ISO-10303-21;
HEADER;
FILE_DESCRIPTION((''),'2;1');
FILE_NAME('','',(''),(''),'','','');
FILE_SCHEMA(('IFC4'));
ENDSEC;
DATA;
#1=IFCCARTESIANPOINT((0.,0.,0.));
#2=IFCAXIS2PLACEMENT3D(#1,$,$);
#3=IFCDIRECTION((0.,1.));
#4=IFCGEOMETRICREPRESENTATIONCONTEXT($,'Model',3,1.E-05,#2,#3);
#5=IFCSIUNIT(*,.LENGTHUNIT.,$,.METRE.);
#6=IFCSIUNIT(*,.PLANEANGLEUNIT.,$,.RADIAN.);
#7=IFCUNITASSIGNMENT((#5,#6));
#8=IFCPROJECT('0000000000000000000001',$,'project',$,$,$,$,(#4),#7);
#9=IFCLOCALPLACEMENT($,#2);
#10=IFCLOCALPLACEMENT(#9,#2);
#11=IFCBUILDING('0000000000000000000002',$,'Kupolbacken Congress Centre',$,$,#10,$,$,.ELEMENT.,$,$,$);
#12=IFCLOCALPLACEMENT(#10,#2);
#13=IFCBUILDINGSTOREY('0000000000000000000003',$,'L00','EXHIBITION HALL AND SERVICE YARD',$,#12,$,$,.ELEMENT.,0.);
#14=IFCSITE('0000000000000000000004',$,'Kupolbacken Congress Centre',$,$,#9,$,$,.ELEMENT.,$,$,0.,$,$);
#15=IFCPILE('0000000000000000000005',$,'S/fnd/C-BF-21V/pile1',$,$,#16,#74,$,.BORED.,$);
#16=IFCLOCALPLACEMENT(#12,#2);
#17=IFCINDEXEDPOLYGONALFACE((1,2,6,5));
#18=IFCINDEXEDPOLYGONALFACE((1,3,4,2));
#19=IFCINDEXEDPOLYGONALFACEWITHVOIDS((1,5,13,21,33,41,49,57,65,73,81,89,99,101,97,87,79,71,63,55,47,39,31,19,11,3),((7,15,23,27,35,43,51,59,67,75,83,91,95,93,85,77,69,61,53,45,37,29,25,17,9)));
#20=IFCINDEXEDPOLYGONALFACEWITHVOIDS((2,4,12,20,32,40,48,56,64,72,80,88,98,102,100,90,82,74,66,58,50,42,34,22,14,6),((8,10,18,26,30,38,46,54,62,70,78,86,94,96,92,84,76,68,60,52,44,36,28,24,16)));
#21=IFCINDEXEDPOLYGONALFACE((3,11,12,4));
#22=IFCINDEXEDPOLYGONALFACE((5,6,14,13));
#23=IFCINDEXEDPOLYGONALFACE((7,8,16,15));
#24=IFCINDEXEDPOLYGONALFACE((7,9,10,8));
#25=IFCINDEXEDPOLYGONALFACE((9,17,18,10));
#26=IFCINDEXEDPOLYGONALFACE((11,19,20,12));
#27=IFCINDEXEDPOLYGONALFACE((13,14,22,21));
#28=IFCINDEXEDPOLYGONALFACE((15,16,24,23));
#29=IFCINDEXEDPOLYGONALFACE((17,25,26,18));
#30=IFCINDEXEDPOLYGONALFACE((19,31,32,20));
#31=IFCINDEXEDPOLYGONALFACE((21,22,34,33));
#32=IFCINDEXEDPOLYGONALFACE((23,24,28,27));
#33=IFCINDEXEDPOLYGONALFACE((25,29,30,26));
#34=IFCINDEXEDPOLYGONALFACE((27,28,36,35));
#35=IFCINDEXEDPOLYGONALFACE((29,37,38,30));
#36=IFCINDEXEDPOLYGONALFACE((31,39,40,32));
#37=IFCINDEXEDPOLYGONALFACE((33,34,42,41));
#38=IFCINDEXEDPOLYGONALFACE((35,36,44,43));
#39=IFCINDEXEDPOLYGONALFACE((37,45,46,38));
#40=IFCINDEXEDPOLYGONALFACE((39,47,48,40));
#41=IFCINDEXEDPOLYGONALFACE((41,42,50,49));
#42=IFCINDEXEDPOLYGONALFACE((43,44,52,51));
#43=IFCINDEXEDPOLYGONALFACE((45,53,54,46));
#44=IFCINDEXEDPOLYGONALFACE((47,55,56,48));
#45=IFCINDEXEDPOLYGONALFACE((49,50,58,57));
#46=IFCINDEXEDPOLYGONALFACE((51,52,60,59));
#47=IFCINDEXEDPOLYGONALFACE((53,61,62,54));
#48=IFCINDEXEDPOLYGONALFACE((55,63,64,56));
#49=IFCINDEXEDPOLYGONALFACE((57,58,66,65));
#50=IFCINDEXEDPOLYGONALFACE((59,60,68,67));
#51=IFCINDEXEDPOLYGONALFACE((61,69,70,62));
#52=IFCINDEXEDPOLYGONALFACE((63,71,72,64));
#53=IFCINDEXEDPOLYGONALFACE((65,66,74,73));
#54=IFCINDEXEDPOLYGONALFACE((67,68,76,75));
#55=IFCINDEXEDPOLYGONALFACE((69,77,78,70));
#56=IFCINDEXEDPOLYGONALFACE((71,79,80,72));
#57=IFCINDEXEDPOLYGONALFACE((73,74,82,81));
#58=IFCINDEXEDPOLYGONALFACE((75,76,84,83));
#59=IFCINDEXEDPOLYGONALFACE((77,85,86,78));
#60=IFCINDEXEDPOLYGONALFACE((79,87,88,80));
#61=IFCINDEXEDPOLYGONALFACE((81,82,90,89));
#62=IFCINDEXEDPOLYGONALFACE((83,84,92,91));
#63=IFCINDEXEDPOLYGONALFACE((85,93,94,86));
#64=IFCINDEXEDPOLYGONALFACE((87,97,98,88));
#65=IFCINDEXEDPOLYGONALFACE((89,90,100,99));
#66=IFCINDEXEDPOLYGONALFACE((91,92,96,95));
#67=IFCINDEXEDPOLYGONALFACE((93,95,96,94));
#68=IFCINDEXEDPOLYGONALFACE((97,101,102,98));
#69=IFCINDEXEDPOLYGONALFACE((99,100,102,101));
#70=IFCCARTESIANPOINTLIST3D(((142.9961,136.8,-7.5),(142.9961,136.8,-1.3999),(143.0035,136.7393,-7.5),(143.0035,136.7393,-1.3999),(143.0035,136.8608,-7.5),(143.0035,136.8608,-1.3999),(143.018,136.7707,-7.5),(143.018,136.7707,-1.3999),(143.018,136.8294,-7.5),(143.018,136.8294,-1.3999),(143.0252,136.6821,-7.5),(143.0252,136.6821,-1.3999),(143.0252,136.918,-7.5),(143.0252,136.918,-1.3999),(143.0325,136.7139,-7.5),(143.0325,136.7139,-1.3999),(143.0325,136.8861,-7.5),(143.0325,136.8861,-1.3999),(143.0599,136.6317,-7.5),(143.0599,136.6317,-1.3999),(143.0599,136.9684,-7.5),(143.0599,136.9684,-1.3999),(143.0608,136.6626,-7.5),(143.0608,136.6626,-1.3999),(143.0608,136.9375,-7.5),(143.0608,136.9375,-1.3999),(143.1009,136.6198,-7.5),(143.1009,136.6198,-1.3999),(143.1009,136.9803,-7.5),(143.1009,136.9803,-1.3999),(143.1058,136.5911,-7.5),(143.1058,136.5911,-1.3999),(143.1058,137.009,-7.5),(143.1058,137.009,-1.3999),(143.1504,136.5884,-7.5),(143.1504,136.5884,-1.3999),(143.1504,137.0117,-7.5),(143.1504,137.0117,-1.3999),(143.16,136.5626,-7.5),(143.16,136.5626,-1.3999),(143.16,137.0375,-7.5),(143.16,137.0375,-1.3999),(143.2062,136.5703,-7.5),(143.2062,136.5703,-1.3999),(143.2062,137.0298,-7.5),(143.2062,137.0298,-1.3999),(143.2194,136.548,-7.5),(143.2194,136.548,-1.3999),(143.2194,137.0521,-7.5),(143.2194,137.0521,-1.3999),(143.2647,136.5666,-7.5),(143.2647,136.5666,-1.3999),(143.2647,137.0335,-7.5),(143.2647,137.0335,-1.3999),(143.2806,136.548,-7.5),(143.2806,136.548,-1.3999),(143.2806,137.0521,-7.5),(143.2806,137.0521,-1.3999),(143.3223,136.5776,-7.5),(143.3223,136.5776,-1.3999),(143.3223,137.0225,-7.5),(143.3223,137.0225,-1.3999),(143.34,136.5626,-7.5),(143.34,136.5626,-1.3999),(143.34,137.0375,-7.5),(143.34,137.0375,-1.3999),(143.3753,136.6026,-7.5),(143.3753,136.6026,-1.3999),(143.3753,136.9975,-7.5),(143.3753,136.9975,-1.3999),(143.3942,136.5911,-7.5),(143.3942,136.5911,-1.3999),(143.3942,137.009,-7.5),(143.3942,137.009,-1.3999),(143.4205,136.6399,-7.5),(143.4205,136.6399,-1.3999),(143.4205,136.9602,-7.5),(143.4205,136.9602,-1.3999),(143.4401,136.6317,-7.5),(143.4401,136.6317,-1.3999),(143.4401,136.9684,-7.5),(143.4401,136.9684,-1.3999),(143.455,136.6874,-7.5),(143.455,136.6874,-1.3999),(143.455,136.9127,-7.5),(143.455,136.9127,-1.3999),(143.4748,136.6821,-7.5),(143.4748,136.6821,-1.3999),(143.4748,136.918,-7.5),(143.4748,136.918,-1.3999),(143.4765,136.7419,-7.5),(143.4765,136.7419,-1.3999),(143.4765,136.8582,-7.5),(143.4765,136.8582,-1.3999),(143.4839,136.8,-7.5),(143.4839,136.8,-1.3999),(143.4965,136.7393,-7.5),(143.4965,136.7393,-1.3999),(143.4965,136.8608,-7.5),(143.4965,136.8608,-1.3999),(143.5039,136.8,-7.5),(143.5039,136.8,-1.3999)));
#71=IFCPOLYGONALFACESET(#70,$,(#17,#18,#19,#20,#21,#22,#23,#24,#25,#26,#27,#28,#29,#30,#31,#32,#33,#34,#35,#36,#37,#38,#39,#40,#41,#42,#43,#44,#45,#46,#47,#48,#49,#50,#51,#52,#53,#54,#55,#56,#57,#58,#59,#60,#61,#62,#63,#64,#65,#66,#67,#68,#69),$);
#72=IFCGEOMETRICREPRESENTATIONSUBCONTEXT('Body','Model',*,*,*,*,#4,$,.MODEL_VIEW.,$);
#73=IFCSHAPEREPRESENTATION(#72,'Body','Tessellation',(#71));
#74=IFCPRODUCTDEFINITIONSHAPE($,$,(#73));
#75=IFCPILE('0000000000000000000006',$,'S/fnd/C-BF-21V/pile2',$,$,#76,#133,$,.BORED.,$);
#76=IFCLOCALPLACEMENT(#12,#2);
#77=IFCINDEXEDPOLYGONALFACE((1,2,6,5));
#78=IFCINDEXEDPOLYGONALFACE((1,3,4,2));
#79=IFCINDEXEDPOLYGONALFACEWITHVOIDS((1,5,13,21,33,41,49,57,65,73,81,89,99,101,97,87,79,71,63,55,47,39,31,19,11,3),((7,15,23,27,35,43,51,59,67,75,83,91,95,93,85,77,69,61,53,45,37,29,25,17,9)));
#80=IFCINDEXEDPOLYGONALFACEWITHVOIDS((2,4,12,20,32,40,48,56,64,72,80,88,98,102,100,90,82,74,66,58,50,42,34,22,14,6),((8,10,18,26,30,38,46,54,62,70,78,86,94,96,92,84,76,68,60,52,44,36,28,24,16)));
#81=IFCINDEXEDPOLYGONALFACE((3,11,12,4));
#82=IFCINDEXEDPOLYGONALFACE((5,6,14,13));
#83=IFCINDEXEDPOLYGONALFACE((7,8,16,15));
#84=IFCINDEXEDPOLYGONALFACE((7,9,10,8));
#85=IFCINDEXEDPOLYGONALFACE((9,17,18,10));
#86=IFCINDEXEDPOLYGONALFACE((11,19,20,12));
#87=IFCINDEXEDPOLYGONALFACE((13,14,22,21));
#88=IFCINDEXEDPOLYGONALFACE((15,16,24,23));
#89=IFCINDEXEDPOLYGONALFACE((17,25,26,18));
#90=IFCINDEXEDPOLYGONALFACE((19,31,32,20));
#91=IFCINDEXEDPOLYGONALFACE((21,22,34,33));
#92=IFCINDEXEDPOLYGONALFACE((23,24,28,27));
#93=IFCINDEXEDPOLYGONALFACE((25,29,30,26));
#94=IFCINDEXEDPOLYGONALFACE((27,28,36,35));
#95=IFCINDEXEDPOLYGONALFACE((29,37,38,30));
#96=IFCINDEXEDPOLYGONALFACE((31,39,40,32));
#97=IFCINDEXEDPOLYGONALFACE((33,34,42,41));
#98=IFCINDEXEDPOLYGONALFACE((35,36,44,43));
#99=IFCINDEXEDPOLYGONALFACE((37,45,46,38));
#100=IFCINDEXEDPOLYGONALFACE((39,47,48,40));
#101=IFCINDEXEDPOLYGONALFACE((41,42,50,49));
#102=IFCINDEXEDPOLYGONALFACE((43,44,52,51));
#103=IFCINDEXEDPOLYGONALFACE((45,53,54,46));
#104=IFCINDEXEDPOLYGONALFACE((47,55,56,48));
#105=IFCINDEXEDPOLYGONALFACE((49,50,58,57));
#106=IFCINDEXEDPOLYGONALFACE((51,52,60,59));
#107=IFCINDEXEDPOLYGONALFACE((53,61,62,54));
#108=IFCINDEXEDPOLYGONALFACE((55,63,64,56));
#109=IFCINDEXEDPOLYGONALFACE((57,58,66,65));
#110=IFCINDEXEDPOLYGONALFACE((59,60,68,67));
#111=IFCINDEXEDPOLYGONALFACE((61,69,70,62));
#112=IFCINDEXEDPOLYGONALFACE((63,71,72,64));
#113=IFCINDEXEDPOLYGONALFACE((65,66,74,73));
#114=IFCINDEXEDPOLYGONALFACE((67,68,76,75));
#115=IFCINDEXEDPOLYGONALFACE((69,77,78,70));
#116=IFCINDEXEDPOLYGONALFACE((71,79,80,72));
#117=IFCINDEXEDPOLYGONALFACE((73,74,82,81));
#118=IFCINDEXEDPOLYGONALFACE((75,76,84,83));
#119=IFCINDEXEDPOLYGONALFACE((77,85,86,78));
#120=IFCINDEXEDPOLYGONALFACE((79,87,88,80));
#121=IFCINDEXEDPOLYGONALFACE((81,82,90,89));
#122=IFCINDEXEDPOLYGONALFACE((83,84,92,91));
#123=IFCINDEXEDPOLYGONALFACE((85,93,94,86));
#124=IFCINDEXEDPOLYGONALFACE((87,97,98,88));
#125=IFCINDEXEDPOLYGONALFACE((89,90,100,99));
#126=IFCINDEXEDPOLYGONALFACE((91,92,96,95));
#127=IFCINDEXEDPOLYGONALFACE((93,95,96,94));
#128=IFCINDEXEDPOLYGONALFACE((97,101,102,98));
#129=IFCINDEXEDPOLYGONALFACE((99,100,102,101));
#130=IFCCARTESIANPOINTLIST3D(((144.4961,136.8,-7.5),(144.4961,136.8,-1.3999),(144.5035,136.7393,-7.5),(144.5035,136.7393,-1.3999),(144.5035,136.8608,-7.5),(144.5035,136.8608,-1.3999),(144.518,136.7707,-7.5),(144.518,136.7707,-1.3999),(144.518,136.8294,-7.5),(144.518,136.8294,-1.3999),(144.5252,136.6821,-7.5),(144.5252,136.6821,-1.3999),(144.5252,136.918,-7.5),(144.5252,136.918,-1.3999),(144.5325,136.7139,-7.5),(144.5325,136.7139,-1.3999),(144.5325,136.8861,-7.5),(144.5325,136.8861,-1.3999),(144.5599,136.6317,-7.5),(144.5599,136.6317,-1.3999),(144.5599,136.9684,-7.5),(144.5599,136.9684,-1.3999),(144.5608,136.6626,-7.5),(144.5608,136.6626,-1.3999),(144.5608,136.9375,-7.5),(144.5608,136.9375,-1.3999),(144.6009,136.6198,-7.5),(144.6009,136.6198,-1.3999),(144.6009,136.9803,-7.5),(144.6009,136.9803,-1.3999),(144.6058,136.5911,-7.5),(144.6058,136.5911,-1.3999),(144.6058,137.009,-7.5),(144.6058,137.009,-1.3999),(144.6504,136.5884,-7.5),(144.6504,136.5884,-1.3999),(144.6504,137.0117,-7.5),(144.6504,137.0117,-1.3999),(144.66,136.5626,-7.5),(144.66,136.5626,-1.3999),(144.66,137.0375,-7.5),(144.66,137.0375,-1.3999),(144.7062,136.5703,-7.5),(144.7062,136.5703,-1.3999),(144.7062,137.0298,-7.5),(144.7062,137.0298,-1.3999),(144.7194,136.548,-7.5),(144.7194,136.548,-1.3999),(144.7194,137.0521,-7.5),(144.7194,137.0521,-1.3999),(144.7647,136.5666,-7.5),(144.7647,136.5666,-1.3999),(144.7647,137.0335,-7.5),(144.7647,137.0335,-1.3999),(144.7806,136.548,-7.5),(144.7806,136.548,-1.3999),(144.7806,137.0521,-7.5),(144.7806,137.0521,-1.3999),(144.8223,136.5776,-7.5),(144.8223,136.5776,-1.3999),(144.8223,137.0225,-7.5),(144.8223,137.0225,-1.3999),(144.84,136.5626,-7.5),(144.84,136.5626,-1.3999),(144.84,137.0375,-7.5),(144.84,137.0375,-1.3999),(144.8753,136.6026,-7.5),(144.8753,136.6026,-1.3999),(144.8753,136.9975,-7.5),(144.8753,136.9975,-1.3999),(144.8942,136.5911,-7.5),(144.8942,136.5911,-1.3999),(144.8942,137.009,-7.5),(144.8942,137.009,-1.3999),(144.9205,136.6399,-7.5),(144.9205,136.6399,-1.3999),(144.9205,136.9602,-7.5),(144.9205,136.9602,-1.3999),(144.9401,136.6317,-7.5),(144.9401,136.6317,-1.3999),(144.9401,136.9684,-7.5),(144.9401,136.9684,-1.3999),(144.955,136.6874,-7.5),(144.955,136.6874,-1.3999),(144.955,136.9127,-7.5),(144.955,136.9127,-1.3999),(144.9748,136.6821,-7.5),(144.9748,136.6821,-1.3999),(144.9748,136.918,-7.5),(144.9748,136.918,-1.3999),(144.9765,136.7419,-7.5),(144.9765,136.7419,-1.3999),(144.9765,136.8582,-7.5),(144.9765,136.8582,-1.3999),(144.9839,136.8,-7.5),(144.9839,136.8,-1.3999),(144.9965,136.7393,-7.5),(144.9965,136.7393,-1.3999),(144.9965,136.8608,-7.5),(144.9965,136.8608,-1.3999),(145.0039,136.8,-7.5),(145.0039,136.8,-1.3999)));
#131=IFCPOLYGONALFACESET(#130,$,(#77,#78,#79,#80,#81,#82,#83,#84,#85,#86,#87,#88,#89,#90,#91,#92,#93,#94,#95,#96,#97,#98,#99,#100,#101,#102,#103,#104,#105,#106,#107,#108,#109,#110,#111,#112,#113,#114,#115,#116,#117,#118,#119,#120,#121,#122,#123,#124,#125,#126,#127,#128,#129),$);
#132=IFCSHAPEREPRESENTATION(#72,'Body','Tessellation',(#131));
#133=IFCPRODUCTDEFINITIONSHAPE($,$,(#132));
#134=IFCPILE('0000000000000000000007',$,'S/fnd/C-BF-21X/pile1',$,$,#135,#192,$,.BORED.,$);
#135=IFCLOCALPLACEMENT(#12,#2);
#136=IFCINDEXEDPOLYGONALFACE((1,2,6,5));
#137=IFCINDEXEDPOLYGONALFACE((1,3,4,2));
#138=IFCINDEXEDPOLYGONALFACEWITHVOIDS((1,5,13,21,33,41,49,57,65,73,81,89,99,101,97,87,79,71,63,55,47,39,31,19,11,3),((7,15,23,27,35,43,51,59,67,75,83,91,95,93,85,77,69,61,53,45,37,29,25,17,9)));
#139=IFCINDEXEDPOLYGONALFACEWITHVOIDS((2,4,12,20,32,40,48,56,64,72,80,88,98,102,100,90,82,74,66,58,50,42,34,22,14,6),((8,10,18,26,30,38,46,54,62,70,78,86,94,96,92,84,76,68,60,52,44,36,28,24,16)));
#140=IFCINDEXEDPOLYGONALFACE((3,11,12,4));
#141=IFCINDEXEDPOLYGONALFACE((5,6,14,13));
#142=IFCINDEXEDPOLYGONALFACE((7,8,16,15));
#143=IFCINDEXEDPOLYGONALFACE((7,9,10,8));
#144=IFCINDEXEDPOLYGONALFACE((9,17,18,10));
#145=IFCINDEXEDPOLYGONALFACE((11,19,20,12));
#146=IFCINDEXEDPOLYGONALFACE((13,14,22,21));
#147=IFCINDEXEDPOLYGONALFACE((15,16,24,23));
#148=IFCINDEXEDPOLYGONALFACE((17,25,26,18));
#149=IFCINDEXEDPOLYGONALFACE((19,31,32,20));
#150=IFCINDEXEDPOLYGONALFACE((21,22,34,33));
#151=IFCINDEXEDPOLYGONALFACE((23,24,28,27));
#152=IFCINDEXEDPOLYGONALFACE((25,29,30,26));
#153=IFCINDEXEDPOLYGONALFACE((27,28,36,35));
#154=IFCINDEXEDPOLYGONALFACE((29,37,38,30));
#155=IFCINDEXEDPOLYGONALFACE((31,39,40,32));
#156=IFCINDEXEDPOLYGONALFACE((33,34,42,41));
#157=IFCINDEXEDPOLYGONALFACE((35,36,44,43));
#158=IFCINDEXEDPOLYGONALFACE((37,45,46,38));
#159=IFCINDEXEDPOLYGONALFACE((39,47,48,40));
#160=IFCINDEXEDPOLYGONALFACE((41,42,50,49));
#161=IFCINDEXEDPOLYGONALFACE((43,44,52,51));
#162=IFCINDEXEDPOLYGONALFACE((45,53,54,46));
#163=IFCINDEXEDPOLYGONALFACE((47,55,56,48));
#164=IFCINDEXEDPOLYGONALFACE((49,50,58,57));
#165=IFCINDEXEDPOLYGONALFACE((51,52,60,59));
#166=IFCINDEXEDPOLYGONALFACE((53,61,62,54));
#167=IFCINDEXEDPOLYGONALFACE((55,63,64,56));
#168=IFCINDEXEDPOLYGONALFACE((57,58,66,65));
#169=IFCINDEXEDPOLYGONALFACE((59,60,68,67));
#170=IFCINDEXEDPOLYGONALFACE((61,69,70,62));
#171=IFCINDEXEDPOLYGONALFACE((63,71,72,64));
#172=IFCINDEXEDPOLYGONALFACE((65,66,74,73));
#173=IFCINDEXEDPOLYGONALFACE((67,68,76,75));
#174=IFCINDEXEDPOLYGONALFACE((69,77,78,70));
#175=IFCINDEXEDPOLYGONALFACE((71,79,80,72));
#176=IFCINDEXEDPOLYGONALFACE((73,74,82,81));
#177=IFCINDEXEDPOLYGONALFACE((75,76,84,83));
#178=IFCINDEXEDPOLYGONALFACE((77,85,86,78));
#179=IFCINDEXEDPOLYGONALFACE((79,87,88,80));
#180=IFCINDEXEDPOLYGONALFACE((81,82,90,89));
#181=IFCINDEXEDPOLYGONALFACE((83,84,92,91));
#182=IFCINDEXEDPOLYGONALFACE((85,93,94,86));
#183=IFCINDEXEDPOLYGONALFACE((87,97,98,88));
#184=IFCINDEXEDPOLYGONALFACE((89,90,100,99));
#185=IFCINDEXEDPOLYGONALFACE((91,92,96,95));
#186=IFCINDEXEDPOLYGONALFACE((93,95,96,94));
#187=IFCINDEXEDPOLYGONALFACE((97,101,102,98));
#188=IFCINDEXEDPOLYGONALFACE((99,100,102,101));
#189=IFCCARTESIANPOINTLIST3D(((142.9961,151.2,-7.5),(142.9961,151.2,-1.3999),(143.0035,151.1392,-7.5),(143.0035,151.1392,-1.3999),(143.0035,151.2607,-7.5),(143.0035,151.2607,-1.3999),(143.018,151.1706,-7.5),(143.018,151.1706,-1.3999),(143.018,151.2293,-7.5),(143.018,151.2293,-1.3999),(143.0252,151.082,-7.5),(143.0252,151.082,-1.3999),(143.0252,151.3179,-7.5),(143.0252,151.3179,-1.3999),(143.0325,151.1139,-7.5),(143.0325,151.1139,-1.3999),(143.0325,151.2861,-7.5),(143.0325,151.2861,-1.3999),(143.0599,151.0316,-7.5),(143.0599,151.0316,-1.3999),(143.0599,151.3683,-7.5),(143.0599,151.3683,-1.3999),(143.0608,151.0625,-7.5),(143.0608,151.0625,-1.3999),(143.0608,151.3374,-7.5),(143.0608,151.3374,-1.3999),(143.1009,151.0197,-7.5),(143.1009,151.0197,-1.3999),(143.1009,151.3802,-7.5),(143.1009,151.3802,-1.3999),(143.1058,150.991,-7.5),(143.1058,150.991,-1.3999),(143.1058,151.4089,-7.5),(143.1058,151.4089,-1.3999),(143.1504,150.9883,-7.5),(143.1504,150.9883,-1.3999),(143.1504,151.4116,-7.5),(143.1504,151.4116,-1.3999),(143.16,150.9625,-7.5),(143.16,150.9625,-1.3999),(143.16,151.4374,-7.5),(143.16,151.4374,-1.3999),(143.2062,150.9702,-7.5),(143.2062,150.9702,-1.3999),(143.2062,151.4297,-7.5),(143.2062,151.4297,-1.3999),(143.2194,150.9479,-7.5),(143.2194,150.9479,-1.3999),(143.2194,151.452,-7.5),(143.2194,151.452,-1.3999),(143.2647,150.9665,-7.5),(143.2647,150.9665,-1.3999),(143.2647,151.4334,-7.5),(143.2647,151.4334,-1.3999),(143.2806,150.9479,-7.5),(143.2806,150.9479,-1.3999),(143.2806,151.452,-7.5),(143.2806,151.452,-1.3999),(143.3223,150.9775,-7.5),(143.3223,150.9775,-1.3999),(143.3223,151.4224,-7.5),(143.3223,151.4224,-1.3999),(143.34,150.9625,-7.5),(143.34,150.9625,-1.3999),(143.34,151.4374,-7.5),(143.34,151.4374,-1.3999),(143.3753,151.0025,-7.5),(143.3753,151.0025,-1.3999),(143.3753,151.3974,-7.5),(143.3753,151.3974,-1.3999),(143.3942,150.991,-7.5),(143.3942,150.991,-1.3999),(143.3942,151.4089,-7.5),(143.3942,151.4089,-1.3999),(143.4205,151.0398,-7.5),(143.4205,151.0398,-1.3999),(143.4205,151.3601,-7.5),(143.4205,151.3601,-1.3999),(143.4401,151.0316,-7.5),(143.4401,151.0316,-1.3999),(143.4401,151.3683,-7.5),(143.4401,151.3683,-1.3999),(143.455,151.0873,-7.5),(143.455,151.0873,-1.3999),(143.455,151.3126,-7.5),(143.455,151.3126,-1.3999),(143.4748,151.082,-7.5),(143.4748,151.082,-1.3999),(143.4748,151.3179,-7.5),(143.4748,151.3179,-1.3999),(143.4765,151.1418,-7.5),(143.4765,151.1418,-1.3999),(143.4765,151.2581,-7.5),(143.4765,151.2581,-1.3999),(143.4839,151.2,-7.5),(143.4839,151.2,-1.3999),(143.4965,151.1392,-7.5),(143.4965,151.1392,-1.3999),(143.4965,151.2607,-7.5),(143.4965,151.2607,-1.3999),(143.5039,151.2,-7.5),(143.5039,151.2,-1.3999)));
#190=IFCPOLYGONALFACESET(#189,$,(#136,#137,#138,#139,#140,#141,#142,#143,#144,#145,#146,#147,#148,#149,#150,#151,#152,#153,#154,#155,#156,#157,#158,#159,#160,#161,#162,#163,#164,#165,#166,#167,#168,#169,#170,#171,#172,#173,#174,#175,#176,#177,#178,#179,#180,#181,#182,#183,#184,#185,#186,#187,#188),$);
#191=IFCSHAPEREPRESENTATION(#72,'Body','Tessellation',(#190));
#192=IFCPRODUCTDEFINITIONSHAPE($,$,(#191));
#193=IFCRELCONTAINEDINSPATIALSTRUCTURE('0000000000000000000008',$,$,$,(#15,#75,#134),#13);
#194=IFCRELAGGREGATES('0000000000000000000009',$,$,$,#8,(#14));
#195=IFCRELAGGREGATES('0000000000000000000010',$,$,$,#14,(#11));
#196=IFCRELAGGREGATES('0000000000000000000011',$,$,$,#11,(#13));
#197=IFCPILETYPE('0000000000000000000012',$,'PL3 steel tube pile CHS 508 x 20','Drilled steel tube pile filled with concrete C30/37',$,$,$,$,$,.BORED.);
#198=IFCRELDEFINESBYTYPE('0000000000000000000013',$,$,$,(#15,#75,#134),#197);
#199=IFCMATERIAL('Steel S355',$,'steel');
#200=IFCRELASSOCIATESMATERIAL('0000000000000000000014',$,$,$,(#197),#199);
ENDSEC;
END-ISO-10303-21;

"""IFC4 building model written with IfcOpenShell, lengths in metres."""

from ifc_helpers import new_model, si_unit, direction, frame, origin, origin_2d, place, context, subcontext, project, spatial, hollow_circle, extrude, material, material_profile, profile_set, type_object, element, save


model = new_model("IFC4")

# Units and contexts
model_context = context("Model", 3, precision=1e-05, world=origin(), true_north=direction((0.0, 1.0)))
body_context = subcontext(model_context, "Body", "Model", "MODEL_VIEW")
ifc_project = project(units=[si_unit("LENGTHUNIT", "METRE"), si_unit("PLANEANGLEUNIT", "RADIAN")], contexts=[model_context])

# Site, building, storey
site_placement = place(None, origin())
site = spatial("IfcSite", under=ifc_project, at=site_placement, Name="Kupolbacken Congress Centre", CompositionType="ELEMENT", RefElevation=0.0)
building_placement = place(site_placement, origin())
building = spatial("IfcBuilding", under=site, at=building_placement, Name="Kupolbacken Congress Centre", CompositionType="ELEMENT")
storey_placement = place(building_placement, origin())
storey = spatial("IfcBuildingStorey", under=building, at=storey_placement, Name="L00", Description="EXHIBITION HALL AND SERVICE YARD", CompositionType="ELEMENT", Elevation=0.0)

# Piles
ifc_material_1 = material(Name="Steel S355", Category="steel")
ifc_material_profile_1 = material_profile(ifc_material_1, hollow_circle(Radius=0.2539, WallThickness=0.02, at=origin_2d()), Name="CHS 508 x 20")
ifc_profile_set_1 = profile_set([ifc_material_profile_1], Name="Steel S355")
pile_type_1 = type_object("IfcPileType", Name="PL3 steel tube pile CHS 508 x 20", Description="Drilled steel tube pile filled with concrete C30/37", PredefinedType="BORED", material=ifc_profile_set_1)
for number, where, z_axis, x_axis, name in (
    (1, (143.25, 136.8, -1.3999), (0.0, 0.0, -1.0), (1.0, 0.0, 0.0), "S/fnd/C-BF-21V/pile1"),
    (2, (144.75, 136.8, -1.3999), (0.0, 0.0, -1.0), (1.0, 0.0, 0.0), "S/fnd/C-BF-21V/pile2"),
    (3, (143.25, 151.2, -1.3999), (0.0, 0.0, -1.0), (1.0, 0.0, 0.0), "S/fnd/C-BF-21X/pile1"),
):
    element("IfcPile", number, at=place(storey_placement, frame(where, z_axis=z_axis, x_axis=x_axis)), inside=storey, type_object=pile_type_1, Name=name, PredefinedType="BORED", context=body_context, shape_type="SweptSolid", body=[
        extrude(hollow_circle(Radius=0.2539, WallThickness=0.02, at=origin_2d()), origin(), (0.0, 0.0, 1.0), 6.1001),
    ])

save(model, "model.ifc")
